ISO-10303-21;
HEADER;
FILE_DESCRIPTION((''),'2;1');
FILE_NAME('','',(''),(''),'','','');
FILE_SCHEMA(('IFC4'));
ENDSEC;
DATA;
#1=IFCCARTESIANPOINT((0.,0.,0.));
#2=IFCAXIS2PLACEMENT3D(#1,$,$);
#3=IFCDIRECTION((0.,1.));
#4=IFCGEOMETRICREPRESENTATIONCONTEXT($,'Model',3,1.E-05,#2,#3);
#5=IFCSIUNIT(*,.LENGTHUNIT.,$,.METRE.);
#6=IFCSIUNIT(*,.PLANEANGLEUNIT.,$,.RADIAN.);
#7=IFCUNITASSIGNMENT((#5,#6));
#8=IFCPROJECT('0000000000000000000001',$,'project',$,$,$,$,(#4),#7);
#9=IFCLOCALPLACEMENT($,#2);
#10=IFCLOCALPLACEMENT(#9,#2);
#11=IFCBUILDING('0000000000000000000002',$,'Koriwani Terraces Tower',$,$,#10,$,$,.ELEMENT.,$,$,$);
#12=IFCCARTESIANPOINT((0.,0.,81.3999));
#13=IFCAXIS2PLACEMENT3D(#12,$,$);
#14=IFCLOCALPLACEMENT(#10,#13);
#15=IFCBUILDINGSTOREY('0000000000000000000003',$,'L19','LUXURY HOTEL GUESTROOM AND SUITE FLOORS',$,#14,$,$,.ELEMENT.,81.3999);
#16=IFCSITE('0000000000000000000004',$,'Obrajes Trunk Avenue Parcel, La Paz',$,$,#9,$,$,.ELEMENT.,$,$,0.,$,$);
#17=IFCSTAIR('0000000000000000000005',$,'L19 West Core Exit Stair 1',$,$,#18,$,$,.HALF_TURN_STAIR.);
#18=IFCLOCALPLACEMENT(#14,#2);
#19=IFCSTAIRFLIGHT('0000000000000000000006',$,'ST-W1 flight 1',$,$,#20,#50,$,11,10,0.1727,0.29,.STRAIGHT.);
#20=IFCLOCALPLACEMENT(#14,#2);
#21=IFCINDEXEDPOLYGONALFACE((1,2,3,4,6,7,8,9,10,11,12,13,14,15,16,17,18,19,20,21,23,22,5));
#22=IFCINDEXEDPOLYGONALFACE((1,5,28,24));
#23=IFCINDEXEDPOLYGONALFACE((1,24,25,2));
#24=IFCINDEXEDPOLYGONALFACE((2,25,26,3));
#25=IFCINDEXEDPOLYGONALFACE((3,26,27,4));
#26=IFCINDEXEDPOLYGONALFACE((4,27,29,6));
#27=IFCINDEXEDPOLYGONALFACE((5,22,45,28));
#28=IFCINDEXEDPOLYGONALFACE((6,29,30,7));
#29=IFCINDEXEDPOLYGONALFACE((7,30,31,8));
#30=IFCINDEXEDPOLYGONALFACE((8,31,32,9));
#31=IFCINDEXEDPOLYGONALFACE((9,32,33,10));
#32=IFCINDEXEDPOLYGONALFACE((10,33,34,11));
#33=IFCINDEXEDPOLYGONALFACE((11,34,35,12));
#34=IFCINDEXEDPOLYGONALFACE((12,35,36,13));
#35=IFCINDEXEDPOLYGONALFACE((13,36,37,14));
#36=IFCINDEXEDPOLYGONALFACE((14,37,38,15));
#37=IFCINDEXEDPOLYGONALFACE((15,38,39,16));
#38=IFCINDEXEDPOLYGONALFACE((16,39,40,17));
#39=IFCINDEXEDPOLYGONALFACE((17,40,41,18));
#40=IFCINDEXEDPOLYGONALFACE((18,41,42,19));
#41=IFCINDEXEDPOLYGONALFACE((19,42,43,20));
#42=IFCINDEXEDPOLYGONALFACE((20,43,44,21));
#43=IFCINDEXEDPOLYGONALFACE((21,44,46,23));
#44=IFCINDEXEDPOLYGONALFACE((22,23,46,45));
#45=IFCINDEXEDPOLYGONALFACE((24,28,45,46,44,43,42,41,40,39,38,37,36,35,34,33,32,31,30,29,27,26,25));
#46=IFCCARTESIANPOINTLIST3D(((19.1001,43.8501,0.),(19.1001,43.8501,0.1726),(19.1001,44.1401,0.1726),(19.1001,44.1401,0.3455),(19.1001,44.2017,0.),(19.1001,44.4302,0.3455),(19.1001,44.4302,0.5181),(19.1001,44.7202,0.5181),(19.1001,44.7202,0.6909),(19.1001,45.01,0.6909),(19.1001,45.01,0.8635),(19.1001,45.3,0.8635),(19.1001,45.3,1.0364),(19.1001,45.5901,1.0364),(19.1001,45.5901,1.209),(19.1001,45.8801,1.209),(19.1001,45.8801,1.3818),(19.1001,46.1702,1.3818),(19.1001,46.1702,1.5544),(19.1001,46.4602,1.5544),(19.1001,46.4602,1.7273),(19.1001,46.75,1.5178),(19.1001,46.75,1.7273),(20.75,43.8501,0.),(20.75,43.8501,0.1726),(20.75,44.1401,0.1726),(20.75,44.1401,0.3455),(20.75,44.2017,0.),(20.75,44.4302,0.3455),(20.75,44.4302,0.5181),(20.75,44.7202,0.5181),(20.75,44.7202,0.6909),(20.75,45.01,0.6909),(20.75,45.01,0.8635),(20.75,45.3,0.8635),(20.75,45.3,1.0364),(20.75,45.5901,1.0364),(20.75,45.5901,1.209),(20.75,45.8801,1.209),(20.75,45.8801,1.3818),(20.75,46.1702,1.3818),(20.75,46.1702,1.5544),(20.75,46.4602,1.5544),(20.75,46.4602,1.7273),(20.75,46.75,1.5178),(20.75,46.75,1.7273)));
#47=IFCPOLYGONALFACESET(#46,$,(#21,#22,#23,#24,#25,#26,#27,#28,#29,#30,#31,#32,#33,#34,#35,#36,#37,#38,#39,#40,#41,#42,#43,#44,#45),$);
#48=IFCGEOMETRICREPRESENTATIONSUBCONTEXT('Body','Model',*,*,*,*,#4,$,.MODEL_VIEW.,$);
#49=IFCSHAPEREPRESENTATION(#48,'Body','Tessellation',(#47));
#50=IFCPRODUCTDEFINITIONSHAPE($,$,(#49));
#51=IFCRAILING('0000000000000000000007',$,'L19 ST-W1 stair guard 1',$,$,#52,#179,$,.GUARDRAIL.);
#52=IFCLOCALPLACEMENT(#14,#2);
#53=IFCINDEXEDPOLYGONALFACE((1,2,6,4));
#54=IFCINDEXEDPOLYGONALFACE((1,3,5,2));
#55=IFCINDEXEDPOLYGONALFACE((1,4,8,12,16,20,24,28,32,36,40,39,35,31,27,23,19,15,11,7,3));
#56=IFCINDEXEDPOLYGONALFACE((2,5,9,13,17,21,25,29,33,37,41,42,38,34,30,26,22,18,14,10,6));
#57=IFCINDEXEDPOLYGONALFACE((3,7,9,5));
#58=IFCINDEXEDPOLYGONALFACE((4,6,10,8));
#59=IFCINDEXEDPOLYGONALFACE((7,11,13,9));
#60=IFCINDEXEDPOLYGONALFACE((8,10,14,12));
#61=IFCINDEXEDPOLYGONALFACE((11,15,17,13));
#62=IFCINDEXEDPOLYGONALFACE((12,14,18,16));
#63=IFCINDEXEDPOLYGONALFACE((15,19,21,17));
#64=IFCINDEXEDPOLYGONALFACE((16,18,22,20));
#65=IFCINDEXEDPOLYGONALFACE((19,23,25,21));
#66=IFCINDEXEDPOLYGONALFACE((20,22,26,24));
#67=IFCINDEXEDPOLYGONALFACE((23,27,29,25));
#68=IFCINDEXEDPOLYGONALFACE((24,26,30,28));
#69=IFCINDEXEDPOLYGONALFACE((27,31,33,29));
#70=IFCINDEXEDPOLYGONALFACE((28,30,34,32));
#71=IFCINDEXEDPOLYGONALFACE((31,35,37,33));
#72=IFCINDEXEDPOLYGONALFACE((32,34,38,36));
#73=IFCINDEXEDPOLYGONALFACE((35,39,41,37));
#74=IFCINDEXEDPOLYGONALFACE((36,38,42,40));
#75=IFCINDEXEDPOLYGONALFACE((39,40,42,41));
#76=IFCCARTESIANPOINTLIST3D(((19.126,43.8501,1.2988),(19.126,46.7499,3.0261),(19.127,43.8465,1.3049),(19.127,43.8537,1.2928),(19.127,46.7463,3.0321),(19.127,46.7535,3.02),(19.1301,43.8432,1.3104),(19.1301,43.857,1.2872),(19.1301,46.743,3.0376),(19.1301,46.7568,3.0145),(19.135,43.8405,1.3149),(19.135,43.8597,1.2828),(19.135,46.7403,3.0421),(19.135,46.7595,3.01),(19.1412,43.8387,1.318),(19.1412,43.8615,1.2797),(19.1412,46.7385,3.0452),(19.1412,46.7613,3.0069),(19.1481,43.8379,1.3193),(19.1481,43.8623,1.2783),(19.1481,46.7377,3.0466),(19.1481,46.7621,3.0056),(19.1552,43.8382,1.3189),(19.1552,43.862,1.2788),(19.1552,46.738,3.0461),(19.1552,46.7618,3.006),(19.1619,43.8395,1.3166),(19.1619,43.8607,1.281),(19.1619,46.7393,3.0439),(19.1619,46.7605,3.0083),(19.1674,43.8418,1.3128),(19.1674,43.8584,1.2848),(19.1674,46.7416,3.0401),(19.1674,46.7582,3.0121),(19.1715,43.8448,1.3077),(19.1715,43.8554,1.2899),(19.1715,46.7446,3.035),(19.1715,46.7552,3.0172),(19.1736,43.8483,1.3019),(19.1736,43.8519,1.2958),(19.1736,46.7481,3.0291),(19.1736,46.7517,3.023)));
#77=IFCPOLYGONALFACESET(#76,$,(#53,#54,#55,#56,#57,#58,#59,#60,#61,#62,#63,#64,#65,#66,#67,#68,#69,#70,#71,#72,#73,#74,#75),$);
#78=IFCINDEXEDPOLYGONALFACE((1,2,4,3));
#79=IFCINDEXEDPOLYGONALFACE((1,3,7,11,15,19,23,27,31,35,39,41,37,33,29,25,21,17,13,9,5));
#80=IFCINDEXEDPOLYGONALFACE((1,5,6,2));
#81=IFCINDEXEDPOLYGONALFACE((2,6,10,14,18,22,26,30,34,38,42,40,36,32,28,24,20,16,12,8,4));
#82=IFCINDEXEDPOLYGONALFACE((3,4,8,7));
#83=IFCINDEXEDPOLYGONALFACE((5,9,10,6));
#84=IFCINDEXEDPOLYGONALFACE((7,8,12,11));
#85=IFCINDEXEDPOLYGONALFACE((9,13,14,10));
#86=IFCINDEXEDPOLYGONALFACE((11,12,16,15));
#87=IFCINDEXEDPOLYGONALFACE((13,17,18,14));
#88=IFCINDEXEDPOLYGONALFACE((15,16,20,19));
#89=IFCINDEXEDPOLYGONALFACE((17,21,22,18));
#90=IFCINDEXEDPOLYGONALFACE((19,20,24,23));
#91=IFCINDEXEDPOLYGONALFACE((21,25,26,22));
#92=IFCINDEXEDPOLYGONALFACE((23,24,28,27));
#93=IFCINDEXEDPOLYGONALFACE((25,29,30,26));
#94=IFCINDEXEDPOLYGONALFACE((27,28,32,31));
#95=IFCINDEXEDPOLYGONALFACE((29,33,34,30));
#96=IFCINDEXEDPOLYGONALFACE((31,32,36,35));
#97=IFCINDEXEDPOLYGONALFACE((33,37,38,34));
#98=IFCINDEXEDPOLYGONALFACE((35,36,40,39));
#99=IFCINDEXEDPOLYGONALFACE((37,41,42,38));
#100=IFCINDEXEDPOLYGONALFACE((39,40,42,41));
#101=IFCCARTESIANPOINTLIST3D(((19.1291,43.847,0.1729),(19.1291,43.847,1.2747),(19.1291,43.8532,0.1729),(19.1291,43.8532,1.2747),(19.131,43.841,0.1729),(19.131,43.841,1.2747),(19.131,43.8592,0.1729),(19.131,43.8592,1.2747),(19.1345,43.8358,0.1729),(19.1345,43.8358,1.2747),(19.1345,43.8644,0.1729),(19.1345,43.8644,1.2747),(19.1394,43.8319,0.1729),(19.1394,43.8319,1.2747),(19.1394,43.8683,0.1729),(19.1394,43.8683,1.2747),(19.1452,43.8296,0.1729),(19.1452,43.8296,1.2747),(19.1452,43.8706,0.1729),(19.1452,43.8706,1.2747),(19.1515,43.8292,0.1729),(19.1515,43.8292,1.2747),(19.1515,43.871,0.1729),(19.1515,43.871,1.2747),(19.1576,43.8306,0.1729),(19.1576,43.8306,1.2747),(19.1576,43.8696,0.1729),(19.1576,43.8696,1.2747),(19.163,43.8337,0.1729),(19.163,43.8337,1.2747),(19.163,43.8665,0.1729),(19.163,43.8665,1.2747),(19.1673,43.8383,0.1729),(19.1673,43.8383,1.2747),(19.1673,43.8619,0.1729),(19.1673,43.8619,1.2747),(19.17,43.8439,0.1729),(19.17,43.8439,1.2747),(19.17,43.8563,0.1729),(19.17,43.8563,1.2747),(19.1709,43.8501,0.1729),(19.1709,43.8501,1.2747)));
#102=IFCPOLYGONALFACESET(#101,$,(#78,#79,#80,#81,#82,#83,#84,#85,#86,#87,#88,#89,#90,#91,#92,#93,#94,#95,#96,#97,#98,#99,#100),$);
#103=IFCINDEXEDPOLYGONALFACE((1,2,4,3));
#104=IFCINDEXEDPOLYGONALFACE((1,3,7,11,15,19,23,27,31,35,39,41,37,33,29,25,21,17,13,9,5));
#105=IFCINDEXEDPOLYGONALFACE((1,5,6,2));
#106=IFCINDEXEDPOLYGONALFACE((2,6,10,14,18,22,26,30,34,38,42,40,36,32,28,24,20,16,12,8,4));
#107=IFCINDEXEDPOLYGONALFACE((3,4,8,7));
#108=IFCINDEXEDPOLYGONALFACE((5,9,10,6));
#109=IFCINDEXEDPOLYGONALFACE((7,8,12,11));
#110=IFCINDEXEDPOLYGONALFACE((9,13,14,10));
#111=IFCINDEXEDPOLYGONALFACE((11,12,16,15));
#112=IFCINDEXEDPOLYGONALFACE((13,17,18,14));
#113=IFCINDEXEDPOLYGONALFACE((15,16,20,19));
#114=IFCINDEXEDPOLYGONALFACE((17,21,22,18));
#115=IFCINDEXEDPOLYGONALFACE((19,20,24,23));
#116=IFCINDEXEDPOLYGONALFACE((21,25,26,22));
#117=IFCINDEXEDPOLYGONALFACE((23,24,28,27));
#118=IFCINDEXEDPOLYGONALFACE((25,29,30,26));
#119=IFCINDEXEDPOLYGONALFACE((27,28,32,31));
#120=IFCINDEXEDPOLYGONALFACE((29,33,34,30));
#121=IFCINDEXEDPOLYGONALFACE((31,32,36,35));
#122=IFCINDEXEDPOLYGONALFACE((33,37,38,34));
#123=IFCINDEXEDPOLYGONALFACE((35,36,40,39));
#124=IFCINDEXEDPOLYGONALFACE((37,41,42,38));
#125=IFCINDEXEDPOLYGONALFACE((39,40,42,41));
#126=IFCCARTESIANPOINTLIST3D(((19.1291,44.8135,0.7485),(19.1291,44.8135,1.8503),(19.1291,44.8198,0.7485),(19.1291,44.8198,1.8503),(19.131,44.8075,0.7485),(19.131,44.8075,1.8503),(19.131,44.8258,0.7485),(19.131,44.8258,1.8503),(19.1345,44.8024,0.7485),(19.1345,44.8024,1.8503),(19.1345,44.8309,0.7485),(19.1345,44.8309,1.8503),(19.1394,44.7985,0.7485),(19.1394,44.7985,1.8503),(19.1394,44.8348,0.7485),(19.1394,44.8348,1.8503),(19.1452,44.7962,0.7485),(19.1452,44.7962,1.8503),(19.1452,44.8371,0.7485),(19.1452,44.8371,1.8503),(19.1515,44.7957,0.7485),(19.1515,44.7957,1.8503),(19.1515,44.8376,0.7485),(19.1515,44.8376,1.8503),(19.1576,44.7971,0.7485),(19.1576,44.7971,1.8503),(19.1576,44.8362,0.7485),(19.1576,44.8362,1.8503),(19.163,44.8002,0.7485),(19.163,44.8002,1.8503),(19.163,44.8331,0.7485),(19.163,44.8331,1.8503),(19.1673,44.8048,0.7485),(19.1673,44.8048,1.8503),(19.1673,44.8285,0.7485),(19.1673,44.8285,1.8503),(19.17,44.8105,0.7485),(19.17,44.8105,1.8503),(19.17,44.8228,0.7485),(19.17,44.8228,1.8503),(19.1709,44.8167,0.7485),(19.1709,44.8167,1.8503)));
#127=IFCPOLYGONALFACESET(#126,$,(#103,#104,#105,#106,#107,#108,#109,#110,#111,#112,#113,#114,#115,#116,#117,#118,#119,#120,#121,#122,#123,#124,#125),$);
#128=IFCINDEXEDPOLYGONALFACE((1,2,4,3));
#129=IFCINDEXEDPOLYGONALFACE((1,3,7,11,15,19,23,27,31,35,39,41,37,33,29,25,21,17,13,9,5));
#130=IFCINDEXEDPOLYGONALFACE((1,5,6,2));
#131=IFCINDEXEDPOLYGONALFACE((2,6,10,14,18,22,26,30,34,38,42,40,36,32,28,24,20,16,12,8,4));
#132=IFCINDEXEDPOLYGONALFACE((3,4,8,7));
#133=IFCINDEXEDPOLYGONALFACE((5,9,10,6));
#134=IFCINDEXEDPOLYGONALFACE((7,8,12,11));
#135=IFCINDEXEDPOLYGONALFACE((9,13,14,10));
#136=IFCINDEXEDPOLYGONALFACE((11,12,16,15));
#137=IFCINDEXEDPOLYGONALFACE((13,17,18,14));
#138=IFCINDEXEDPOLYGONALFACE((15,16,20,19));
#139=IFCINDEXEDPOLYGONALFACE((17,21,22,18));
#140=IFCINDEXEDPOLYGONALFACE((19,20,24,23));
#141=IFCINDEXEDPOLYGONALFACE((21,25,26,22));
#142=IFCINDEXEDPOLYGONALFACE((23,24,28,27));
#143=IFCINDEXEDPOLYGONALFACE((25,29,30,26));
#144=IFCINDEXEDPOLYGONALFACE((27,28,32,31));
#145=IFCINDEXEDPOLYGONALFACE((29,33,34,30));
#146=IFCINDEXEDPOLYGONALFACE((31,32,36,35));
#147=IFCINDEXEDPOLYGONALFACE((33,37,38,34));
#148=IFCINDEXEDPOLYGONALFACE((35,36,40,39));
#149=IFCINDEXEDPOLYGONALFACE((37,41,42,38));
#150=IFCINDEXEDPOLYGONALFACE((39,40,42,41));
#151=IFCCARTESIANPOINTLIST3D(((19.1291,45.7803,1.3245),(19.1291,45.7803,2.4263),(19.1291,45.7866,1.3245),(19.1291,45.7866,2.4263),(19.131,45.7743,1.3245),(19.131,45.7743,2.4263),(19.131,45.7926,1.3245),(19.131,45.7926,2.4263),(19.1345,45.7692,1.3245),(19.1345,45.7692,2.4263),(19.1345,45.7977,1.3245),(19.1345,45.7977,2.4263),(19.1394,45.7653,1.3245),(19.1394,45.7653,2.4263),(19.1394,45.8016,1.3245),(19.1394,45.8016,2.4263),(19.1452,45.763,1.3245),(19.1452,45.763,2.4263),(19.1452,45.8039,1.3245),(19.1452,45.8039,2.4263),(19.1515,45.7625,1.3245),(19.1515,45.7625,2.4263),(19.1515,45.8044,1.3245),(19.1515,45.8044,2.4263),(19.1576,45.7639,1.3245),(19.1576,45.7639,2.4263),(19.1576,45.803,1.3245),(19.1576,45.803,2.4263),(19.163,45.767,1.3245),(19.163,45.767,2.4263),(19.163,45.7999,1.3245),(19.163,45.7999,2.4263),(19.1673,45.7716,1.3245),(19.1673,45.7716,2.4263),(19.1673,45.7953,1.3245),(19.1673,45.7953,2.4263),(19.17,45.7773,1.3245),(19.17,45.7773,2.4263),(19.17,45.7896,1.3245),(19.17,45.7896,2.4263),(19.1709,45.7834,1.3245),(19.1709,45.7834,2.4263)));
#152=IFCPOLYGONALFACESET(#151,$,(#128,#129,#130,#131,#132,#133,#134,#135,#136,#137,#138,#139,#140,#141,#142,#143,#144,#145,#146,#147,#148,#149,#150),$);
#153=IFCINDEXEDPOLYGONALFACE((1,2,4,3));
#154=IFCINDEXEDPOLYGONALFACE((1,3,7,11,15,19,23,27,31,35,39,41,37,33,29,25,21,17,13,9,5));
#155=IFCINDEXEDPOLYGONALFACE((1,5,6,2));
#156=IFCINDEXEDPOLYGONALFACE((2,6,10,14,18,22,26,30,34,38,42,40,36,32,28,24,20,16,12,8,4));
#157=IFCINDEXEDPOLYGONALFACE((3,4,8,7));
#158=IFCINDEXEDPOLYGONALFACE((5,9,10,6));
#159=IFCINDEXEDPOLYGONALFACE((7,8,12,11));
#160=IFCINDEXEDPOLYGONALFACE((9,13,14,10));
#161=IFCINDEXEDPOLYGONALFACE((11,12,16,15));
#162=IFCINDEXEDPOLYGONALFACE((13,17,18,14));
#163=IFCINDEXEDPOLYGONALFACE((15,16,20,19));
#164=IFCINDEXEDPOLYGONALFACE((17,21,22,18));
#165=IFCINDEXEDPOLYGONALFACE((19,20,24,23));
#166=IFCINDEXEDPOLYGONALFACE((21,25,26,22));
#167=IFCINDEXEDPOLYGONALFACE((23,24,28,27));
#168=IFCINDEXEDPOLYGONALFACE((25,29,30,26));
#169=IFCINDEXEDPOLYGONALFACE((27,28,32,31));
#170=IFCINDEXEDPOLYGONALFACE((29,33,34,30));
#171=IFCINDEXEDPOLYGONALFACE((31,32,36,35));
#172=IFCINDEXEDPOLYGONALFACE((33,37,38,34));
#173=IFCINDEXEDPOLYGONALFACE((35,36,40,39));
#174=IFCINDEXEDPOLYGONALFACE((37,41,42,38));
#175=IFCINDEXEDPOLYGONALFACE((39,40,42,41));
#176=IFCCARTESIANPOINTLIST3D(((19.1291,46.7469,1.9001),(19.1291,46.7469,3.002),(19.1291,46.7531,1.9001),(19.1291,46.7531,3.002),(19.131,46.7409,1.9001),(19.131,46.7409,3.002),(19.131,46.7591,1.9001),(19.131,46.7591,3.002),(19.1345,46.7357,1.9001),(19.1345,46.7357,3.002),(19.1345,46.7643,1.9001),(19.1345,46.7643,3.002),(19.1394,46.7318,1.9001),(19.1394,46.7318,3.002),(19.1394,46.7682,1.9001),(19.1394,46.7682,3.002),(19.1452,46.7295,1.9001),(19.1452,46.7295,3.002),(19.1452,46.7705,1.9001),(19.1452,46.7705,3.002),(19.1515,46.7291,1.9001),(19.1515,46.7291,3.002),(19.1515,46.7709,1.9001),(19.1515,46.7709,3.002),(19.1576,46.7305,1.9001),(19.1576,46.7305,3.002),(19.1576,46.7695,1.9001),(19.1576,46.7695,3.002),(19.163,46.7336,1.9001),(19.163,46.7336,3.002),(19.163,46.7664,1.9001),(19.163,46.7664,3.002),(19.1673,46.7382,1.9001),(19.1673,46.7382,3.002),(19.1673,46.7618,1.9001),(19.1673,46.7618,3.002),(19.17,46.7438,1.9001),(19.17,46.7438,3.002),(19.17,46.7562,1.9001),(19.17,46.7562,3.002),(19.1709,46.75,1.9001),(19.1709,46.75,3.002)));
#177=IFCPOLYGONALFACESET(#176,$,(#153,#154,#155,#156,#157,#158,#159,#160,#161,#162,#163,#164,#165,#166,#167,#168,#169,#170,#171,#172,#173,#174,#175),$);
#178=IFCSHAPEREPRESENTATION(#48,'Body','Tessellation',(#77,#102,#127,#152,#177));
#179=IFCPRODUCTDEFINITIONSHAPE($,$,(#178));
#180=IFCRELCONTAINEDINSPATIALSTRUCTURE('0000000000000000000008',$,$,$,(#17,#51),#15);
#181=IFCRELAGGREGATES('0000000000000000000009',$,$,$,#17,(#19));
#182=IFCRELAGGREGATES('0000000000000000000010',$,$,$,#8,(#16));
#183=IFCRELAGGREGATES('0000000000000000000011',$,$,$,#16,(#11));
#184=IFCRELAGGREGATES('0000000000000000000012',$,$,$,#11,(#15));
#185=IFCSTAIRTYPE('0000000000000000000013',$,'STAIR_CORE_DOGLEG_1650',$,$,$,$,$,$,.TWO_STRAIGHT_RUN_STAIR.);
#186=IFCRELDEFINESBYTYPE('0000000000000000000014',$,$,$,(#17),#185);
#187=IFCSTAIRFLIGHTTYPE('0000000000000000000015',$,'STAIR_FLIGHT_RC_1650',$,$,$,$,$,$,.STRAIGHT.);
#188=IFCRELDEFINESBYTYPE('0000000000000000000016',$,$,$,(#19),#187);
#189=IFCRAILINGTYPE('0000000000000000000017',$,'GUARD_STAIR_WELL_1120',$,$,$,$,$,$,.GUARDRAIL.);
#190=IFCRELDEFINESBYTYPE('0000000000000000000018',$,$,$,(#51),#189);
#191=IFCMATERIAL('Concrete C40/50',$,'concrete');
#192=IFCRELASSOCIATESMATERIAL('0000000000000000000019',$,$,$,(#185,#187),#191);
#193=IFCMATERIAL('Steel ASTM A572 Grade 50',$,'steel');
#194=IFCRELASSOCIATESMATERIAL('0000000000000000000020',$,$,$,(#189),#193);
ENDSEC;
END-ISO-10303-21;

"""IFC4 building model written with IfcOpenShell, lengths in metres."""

from ifc_helpers import new_model, si_unit, direction, frame, origin, origin_2d, place, context, subcontext, project, spatial, polyline, circle, outline, extrude, material, type_object, element, aggregate, save


model = new_model("IFC4")

# Units and contexts
model_context = context("Model", 3, precision=1e-05, world=origin(), true_north=direction((0.0, 1.0)))
body_context = subcontext(model_context, "Body", "Model", "MODEL_VIEW")
ifc_project = project(units=[si_unit("LENGTHUNIT", "METRE"), si_unit("PLANEANGLEUNIT", "RADIAN")], contexts=[model_context])

# Site, building, storey
site_placement = place(None, origin())
site = spatial("IfcSite", under=ifc_project, at=site_placement, Name="Obrajes Trunk Avenue Parcel, La Paz", CompositionType="ELEMENT", RefElevation=0.0)
building_placement = place(site_placement, origin())
building = spatial("IfcBuilding", under=site, at=building_placement, Name="Koriwani Terraces Tower", CompositionType="ELEMENT")
storey_placement = place(building_placement, frame((0.0, 0.0, 81.3999)))
storey = spatial("IfcBuildingStorey", under=building, at=storey_placement, Name="L19", Description="LUXURY HOTEL GUESTROOM AND SUITE FLOORS", CompositionType="ELEMENT", Elevation=81.3999)

# Shared definitions
ifc_material_1 = material(Name="Concrete C40/50", Category="concrete")
ifc_material_2 = material(Name="Steel ASTM A572 Grade 50", Category="steel")

# Stair, stair flight
stair_type = type_object("IfcStairType", Name="STAIR_CORE_DOGLEG_1650", PredefinedType="TWO_STRAIGHT_RUN_STAIR", material=ifc_material_1)
stair_placement = place(storey_placement, origin())
stair = element("IfcStair", 1, at=stair_placement, inside=storey, type_object=stair_type, Name="L19 West Core Exit Stair 1", PredefinedType="HALF_TURN_STAIR")
stair_flight_type = type_object("IfcStairFlightType", Name="STAIR_FLIGHT_RC_1650", PredefinedType="STRAIGHT", material=ifc_material_1)
stair_flight_placement = place(storey_placement, frame((19.925, 43.8501, 0.0), z_axis=(0.0, 0.0, 1.0), x_axis=(0.0, 1.0, 0.0)))
stair_flight = element("IfcStairFlight", 2, at=stair_flight_placement, type_object=stair_flight_type, Name="ST-W1 flight 1", NumberOfRisers=11, NumberOfTreads=10, PredefinedType="STRAIGHT", RiserHeight=0.1727, TreadLength=0.29, context=body_context, shape_type="SweptSolid", body=[
    extrude(outline(polyline([(0.0, 0.0), (0.0, 0.1726), (0.29, 0.1726), (0.29, 0.3455), (0.5801, 0.3455), (0.5801, 0.5181), (0.8701, 0.5181), (0.8701, 0.6909), (1.1599, 0.6909), (1.1599, 0.8635), (1.45, 0.8635), (1.45, 1.0364), (1.74, 1.0364), (1.74, 1.209), (2.03, 1.209), (2.03, 1.3818), (2.3201, 1.3818), (2.3201, 1.5544), (2.6101, 1.5544), (2.6101, 1.7273), (2.8999, 1.7273), (2.8999, 1.8999), (2.8999, 1.5178), (0.3516, 0.0), (0.0, 0.0)])), frame((0.0, 0.825, 0.0), z_axis=(0.0, -1.0, 0.0), x_axis=(1.0, 0.0, 0.0)), (0.0, 0.0, 1.0), 1.6499),
])
aggregate(stair, [stair_flight])

# Railing
railing_type_1 = type_object("IfcRailingType", Name="GUARD_STAIR_WELL_1120", PredefinedType="GUARDRAIL", material=ifc_material_2)
railing_1_placement = place(storey_placement, frame((19.1499, 43.8501, 0.1729)))
element("IfcRailing", 3, at=railing_1_placement, inside=storey, type_object=railing_type_1, Name="L19 ST-W1 stair guard 1", PredefinedType="GUARDRAIL", context=body_context, shape_type="SweptSolid", body=[
    extrude(circle(Radius=0.0239, at=origin_2d()), frame((0.0, 0.0, 1.126), z_axis=(0.0, 0.859141, 0.511738), x_axis=(-1.0, 0.0, 0.0)), (0.0, 0.0, 1.0), 3.3752),
    extrude(circle(Radius=0.021, at=origin_2d()), origin(), (0.0, 0.0, 1.0), 1.1018),
    extrude(circle(Radius=0.021, at=origin_2d()), frame((0.0, 0.9666, 0.5757)), (0.0, 0.0, 1.0), 1.1018),
    extrude(circle(Radius=0.021, at=origin_2d()), frame((0.0, 1.9333, 1.1516)), (0.0, 0.0, 1.0), 1.1018),
    extrude(circle(Radius=0.021, at=origin_2d()), frame((0.0, 2.8999, 1.7273)), (0.0, 0.0, 1.0), 1.1018),
])

save(model, "model.ifc")
